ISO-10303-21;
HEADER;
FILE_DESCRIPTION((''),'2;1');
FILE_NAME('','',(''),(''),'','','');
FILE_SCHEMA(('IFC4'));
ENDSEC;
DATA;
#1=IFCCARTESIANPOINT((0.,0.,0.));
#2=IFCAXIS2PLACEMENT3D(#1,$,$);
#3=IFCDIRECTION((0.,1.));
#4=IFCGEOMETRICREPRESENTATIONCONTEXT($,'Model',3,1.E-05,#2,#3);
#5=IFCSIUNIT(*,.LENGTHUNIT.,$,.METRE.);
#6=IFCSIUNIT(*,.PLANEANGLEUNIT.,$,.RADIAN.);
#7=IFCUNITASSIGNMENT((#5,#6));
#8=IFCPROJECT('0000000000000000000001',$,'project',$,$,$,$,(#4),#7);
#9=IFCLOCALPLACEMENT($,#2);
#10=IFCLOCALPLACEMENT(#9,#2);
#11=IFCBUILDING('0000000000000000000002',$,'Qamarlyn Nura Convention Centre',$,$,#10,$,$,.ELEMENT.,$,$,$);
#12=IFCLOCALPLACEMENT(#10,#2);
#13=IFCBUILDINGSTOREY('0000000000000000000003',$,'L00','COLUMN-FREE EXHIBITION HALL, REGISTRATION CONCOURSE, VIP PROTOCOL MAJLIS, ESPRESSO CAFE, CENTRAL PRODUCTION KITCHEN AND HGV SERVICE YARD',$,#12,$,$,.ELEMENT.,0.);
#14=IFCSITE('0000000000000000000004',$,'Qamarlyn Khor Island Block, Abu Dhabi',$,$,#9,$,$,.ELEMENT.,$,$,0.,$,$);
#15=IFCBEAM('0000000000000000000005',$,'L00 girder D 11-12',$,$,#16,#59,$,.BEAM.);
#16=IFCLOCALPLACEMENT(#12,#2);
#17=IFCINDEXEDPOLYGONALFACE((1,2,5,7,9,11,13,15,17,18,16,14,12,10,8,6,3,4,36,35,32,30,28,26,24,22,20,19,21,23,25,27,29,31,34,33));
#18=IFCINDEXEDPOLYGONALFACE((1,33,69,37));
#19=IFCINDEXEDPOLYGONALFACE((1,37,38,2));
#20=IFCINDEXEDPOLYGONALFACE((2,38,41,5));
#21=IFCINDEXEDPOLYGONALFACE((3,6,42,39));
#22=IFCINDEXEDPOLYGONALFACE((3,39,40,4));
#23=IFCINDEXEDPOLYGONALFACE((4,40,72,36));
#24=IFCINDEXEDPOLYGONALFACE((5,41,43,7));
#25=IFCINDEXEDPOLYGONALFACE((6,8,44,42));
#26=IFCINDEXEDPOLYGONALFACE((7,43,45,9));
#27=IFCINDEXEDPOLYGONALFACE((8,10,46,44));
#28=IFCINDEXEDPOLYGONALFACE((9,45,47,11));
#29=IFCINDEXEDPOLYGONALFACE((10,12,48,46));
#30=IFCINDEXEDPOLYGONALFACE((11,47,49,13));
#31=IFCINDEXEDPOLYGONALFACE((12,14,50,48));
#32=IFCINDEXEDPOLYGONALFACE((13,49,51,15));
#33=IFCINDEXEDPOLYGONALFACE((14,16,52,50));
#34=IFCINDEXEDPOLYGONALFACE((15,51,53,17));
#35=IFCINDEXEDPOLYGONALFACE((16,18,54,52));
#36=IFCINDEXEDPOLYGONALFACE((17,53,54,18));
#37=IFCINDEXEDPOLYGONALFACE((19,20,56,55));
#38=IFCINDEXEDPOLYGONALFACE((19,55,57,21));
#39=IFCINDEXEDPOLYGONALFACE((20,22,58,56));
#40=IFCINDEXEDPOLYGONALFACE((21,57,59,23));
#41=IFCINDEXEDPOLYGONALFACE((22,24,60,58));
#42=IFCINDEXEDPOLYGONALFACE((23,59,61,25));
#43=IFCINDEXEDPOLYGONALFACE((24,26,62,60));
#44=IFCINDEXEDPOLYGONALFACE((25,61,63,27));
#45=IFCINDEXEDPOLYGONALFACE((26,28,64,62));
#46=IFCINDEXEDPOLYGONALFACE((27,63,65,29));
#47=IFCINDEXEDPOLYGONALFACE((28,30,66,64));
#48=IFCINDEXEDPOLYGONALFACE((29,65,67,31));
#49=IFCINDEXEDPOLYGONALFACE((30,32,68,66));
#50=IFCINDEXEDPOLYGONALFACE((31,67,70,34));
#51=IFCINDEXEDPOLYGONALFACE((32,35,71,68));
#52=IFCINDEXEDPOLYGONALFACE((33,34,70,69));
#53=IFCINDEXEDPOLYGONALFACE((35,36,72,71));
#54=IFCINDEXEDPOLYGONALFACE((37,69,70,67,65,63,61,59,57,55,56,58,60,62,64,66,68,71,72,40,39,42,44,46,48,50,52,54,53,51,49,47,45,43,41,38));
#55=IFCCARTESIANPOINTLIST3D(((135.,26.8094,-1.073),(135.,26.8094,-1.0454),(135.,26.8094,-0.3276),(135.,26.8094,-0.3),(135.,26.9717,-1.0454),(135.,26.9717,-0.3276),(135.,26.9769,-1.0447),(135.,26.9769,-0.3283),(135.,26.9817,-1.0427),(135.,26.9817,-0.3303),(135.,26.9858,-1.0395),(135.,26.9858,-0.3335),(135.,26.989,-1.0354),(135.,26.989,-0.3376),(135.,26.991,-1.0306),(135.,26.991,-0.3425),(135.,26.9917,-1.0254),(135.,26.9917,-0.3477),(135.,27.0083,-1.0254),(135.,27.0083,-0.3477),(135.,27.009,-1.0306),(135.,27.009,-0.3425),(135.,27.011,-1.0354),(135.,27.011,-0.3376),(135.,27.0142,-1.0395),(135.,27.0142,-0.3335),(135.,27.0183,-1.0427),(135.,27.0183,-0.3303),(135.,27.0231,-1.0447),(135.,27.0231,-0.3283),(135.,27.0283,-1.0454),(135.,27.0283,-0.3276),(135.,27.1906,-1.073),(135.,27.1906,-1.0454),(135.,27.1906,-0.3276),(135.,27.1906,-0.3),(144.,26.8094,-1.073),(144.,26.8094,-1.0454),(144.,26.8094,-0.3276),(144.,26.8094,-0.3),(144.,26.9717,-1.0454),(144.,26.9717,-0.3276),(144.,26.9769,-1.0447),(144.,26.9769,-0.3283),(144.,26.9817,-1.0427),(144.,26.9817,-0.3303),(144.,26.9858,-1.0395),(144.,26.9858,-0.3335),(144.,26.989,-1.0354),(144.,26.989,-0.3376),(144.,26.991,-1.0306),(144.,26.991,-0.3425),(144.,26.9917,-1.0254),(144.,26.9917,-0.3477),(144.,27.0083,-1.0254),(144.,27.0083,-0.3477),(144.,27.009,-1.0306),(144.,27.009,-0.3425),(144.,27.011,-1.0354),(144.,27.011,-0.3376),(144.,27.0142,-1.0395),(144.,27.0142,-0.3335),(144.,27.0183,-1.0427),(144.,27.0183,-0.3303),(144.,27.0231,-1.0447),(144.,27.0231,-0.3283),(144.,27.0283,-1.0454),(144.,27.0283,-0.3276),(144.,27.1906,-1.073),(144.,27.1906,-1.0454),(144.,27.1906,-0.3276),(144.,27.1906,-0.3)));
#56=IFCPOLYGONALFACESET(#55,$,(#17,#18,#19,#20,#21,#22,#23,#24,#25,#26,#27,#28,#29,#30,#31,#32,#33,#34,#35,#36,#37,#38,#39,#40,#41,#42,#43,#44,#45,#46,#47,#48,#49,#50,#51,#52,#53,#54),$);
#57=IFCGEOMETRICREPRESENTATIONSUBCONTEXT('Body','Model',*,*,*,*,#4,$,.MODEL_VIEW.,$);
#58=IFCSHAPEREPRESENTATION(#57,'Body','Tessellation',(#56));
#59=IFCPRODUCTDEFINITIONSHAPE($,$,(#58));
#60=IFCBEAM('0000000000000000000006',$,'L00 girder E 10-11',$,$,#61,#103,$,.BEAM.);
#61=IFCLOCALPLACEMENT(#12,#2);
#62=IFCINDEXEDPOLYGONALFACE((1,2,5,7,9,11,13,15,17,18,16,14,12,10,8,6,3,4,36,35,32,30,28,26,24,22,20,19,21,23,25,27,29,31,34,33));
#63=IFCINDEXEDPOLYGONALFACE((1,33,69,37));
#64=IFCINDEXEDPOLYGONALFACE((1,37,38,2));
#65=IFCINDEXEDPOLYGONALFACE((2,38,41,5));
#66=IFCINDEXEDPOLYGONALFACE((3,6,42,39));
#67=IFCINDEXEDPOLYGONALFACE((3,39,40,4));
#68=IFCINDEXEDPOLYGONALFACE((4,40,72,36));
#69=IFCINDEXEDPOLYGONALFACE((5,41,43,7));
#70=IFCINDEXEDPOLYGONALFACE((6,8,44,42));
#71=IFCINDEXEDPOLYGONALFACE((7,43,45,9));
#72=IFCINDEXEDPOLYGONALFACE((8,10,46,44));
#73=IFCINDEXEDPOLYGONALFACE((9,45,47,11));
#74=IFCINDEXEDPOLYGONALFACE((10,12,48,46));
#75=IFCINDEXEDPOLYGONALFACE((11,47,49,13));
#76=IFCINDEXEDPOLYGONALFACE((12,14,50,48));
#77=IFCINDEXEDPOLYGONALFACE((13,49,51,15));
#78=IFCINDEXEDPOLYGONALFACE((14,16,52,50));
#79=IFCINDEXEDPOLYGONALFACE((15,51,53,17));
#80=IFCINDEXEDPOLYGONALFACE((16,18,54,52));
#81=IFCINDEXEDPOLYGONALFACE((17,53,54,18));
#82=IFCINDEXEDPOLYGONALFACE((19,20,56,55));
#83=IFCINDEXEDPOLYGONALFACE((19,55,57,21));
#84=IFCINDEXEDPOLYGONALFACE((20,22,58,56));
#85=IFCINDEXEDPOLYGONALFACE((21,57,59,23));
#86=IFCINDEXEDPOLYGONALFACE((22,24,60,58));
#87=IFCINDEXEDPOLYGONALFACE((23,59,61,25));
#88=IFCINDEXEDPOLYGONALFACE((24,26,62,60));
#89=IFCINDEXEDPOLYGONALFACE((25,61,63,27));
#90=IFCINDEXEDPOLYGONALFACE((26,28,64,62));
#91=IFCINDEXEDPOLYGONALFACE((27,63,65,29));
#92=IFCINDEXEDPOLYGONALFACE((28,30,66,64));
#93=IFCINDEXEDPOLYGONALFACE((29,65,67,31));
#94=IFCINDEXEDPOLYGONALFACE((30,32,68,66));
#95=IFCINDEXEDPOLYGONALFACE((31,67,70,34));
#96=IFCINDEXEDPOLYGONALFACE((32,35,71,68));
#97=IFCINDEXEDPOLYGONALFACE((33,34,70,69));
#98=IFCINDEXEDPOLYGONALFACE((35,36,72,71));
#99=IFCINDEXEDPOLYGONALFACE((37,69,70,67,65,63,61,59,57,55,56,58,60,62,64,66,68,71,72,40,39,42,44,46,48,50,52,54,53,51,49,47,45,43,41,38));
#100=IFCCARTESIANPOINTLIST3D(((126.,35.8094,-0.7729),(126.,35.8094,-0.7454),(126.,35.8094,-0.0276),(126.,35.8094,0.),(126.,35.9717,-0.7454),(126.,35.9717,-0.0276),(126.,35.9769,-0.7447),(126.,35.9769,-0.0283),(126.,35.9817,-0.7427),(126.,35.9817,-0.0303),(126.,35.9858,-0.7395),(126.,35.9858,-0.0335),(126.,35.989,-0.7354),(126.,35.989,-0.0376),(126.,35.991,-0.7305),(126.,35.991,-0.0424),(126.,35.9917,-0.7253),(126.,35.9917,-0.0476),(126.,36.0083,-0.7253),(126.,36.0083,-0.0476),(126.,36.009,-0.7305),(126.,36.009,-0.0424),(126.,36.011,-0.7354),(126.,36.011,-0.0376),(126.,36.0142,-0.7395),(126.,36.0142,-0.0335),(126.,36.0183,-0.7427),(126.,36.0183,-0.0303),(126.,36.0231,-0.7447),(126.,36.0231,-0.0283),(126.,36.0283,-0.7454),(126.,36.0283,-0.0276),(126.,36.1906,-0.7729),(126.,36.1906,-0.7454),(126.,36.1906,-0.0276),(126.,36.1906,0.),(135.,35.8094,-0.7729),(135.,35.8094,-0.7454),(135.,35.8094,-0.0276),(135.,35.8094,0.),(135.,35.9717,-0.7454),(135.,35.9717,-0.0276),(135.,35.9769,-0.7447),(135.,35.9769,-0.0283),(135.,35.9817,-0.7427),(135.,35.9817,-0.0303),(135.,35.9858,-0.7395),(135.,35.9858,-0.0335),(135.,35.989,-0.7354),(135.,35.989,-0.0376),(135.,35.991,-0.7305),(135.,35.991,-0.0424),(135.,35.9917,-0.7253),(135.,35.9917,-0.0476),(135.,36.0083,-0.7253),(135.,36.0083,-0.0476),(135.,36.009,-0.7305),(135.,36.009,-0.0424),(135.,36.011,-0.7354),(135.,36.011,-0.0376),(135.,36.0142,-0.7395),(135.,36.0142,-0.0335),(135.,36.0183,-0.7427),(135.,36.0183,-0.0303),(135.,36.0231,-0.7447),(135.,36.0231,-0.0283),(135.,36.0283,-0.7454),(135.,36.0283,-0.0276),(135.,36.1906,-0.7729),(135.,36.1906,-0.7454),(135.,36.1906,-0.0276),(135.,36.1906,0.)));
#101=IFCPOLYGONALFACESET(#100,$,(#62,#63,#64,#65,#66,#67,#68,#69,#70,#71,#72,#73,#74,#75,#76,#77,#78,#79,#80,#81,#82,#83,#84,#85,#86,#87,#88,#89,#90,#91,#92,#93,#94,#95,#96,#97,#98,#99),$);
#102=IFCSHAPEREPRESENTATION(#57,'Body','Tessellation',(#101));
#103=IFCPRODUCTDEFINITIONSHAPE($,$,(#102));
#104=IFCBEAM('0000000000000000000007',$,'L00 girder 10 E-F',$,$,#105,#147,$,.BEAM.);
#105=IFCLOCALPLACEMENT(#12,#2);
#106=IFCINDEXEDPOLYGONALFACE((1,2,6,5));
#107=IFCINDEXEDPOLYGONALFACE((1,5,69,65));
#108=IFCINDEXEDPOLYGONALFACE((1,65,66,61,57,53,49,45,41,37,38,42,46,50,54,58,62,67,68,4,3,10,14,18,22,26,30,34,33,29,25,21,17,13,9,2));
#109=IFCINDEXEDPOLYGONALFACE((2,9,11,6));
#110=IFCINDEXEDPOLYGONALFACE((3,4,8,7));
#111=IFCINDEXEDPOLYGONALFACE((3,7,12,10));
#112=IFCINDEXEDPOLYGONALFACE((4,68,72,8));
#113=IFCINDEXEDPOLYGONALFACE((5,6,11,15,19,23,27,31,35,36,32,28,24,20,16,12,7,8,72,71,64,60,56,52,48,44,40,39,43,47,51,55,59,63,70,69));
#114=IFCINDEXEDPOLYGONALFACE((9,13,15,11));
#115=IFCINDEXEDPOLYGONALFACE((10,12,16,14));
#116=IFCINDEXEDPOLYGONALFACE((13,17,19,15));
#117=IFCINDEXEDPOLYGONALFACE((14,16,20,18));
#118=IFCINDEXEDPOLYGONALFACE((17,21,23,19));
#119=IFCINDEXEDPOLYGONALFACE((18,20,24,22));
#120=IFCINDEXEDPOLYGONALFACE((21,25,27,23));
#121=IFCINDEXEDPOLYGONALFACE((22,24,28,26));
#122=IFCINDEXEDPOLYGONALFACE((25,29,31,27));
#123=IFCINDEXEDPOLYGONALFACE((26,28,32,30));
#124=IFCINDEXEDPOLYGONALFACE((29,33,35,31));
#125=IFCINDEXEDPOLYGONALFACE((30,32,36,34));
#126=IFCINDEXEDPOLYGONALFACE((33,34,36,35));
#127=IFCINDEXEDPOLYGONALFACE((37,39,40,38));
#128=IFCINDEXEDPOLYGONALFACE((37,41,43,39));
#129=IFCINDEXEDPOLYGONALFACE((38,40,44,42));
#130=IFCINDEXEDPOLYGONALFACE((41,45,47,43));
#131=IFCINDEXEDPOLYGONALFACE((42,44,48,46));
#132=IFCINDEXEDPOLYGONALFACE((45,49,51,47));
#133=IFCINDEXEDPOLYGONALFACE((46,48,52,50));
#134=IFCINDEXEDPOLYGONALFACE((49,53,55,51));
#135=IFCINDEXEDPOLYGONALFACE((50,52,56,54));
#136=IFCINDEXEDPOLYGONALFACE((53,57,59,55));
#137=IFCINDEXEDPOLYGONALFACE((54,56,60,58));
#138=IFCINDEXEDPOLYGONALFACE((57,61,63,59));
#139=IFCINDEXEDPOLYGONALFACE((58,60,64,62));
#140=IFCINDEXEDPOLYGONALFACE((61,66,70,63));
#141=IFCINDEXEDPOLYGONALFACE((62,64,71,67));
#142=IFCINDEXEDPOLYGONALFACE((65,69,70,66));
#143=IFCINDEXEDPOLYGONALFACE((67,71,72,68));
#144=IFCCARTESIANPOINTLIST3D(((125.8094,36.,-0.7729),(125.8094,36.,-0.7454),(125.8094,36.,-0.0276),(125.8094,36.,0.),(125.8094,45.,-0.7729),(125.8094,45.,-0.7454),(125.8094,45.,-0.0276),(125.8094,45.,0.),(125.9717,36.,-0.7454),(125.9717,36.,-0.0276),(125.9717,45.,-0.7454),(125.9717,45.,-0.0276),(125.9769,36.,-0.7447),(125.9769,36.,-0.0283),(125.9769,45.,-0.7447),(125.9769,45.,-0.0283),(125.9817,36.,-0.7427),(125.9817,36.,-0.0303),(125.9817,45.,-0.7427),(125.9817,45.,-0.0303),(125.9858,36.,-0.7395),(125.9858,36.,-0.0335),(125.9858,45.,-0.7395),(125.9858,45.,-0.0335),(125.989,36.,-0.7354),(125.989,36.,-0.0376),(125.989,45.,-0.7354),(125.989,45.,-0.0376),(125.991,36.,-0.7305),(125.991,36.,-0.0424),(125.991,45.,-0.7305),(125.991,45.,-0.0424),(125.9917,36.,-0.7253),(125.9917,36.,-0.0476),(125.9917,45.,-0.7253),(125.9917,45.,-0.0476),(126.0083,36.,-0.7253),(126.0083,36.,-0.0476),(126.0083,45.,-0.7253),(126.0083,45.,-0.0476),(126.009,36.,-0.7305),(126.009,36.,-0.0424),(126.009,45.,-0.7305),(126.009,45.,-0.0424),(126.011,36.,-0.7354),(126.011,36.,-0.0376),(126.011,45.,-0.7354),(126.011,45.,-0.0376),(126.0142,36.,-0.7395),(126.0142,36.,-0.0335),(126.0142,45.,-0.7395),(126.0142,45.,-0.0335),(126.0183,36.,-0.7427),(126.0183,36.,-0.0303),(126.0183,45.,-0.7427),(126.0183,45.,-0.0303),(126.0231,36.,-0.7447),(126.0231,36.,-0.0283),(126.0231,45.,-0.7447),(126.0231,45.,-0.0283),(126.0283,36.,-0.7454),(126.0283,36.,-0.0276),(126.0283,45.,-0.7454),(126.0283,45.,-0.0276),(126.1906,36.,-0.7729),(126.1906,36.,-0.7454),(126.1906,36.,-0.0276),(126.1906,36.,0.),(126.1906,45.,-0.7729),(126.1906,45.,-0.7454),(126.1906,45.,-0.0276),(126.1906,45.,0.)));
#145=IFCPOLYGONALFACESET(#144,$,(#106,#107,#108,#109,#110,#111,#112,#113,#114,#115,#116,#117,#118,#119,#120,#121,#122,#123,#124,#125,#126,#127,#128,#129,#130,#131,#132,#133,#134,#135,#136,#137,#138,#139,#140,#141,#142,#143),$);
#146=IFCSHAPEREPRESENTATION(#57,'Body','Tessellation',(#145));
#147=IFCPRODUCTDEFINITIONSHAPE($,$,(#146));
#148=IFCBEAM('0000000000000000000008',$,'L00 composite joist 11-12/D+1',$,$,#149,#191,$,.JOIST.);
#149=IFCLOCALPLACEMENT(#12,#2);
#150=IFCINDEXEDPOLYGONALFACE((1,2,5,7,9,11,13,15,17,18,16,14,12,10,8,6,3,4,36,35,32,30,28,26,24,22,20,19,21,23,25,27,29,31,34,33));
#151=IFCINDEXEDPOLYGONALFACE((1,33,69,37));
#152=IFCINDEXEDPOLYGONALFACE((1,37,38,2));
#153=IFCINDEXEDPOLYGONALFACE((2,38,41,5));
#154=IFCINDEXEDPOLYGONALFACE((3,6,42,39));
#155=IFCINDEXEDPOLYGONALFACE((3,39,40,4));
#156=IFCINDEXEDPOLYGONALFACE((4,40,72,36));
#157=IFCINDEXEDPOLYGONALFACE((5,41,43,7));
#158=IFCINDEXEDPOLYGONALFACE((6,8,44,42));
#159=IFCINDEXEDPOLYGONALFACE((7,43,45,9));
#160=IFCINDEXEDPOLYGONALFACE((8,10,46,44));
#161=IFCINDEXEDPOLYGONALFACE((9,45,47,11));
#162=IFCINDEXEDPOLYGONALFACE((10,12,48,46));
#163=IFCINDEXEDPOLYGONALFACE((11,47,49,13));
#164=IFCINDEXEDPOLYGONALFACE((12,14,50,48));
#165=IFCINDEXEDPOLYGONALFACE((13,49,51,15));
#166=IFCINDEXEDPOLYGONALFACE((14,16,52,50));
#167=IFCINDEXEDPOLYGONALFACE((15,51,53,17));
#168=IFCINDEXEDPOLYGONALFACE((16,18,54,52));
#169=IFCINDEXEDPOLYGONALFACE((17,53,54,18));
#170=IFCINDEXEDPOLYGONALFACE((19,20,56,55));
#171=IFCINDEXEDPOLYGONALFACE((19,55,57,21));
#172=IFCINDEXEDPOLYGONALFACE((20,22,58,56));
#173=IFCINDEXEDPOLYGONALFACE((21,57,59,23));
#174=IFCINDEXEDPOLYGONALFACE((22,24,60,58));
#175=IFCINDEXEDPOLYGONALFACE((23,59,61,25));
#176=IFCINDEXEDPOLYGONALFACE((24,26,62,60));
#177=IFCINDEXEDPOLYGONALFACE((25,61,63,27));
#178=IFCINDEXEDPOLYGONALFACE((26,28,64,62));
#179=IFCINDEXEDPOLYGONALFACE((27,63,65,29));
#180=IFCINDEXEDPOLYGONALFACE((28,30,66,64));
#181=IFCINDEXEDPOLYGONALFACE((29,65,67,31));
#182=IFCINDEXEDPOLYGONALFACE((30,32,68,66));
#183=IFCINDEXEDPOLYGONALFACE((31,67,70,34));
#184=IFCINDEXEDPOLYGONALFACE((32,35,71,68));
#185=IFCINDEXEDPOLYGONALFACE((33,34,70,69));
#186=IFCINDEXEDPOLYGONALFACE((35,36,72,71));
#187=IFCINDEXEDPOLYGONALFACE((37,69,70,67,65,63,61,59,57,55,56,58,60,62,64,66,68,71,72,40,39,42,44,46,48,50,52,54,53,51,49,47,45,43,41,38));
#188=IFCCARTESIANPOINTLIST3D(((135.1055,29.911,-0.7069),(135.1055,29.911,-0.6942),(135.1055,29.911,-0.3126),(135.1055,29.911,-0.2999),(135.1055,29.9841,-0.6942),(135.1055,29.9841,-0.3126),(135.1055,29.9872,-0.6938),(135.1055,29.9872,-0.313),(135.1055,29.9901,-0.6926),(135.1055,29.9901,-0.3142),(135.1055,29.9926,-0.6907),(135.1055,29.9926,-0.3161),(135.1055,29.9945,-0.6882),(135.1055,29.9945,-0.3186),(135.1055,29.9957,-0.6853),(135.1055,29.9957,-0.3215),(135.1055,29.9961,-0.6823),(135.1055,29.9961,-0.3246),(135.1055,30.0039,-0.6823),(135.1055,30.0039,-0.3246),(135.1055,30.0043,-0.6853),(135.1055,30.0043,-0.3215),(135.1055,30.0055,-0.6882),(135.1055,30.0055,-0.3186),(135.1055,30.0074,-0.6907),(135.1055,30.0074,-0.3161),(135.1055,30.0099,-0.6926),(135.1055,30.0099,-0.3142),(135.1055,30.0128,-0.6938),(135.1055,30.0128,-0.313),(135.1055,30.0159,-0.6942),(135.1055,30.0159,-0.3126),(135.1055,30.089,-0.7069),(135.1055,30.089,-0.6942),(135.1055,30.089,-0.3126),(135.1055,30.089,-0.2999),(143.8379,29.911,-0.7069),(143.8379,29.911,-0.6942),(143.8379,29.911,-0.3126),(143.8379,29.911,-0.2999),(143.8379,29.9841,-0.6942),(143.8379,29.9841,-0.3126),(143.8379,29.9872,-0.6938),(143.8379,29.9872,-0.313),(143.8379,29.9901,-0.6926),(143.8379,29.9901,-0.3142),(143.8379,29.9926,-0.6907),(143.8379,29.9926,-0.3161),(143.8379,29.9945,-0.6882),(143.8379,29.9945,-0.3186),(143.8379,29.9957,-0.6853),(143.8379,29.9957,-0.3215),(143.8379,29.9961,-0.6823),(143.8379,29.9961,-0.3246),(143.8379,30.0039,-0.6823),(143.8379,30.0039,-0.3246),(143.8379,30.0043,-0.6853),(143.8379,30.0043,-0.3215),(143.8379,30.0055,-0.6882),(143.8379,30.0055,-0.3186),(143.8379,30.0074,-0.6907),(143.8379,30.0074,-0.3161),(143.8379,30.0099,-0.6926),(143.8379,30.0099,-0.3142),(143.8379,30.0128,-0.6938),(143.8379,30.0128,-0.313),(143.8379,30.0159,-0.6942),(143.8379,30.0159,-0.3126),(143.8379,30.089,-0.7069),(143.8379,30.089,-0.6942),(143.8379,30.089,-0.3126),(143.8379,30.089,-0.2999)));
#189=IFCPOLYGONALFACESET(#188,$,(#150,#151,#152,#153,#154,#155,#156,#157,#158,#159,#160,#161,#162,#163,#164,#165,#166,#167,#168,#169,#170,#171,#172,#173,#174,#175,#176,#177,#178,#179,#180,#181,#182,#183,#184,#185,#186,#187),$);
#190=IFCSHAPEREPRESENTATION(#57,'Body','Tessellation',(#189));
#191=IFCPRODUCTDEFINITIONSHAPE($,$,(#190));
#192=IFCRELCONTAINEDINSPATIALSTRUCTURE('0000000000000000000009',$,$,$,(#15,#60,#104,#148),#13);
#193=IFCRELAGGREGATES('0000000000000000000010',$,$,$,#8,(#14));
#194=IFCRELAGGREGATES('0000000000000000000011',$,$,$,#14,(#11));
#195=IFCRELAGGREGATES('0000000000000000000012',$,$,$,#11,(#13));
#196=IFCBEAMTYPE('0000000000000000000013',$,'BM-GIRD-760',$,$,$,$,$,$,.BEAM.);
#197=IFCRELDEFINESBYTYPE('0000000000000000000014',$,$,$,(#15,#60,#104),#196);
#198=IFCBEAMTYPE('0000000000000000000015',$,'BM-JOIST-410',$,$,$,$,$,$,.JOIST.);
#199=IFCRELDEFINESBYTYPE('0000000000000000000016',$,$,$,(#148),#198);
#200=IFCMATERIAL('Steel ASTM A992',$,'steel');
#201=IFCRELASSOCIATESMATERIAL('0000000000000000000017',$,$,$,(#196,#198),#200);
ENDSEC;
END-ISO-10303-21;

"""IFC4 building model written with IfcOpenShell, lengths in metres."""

from ifc_helpers import new_model, si_unit, direction, frame, origin, origin_2d, place, context, subcontext, project, spatial, i_section, extrude, material, material_profile, profile_set, type_object, element, save


model = new_model("IFC4")

# Units and contexts
model_context = context("Model", 3, precision=1e-05, world=origin(), true_north=direction((0.0, 1.0)))
body_context = subcontext(model_context, "Body", "Model", "MODEL_VIEW")
ifc_project = project(units=[si_unit("LENGTHUNIT", "METRE"), si_unit("PLANEANGLEUNIT", "RADIAN")], contexts=[model_context])

# Site, building, storey
site_placement = place(None, origin())
site = spatial("IfcSite", under=ifc_project, at=site_placement, Name="Qamarlyn Khor Island Block, Abu Dhabi", CompositionType="ELEMENT", RefElevation=0.0)
building_placement = place(site_placement, origin())
building = spatial("IfcBuilding", under=site, at=building_placement, Name="Qamarlyn Nura Convention Centre", CompositionType="ELEMENT")
storey_placement = place(building_placement, origin())
storey = spatial("IfcBuildingStorey", under=building, at=storey_placement, Name="L00", Description="COLUMN-FREE EXHIBITION HALL, REGISTRATION CONCOURSE, VIP PROTOCOL MAJLIS, ESPRESSO CAFE, CENTRAL PRODUCTION KITCHEN AND HGV SERVICE YARD", CompositionType="ELEMENT", Elevation=0.0)

# Shared definitions
ifc_material_1 = material(Name="Steel ASTM A992", Category="steel")

# Beams
ifc_material_profile_1 = material_profile(ifc_material_1, i_section(OverallWidth=0.3811, OverallDepth=0.7729, WebThickness=0.0166, FlangeThickness=0.0276, FilletRadius=0.02, at=origin_2d()), Name="W760X257")
ifc_profile_set_1 = profile_set([ifc_material_profile_1], Name="Steel ASTM A992")
beam_type_1 = type_object("IfcBeamType", Name="BM-GIRD-760", PredefinedType="BEAM", material=ifc_profile_set_1)
for number, where, z_axis, x_axis, name in (
    (1, (135.0, 27.0, -0.6865), (1.0, 0.0, 0.0), (0.0, 1.0, 0.0), "L00 girder D 11-12"),
    (2, (126.0, 36.0, -0.3865), (1.0, 0.0, 0.0), (0.0, 1.0, 0.0), "L00 girder E 10-11"),
    (3, (126.0, 36.0, -0.3865), (0.0, 1.0, 0.0), (-1.0, 0.0, 0.0), "L00 girder 10 E-F"),
):
    element("IfcBeam", number, at=place(storey_placement, frame(where, z_axis=z_axis, x_axis=x_axis)), inside=storey, type_object=beam_type_1, Name=name, PredefinedType="BEAM", context=body_context, shape_type="SweptSolid", body=[
        extrude(i_section(OverallWidth=0.3811, OverallDepth=0.7729, WebThickness=0.0166, FlangeThickness=0.0276, FilletRadius=0.02, at=origin_2d()), origin(), (0.0, 0.0, 1.0), 9.0),
    ])
ifc_material_profile_2 = material_profile(ifc_material_1, i_section(OverallWidth=0.178, OverallDepth=0.407, WebThickness=0.0078, FlangeThickness=0.0127, FilletRadius=0.012, at=origin_2d()), Name="W410X60")
ifc_profile_set_2 = profile_set([ifc_material_profile_2], Name="Steel ASTM A992")
beam_type_2 = type_object("IfcBeamType", Name="BM-JOIST-410", PredefinedType="JOIST", material=ifc_profile_set_2)
for number, where, z_axis, x_axis, name in (
    (4, (135.1055, 30.0, -0.5034), (1.0, 0.0, 0.0), (0.0, 1.0, 0.0), "L00 composite joist 11-12/D+1"),
):
    element("IfcBeam", number, at=place(storey_placement, frame(where, z_axis=z_axis, x_axis=x_axis)), inside=storey, type_object=beam_type_2, Name=name, PredefinedType="JOIST", context=body_context, shape_type="SweptSolid", body=[
        extrude(i_section(OverallWidth=0.178, OverallDepth=0.407, WebThickness=0.0078, FlangeThickness=0.0127, FilletRadius=0.012, at=origin_2d()), origin(), (0.0, 0.0, 1.0), 8.7324),
    ])

save(model, "model.ifc")
